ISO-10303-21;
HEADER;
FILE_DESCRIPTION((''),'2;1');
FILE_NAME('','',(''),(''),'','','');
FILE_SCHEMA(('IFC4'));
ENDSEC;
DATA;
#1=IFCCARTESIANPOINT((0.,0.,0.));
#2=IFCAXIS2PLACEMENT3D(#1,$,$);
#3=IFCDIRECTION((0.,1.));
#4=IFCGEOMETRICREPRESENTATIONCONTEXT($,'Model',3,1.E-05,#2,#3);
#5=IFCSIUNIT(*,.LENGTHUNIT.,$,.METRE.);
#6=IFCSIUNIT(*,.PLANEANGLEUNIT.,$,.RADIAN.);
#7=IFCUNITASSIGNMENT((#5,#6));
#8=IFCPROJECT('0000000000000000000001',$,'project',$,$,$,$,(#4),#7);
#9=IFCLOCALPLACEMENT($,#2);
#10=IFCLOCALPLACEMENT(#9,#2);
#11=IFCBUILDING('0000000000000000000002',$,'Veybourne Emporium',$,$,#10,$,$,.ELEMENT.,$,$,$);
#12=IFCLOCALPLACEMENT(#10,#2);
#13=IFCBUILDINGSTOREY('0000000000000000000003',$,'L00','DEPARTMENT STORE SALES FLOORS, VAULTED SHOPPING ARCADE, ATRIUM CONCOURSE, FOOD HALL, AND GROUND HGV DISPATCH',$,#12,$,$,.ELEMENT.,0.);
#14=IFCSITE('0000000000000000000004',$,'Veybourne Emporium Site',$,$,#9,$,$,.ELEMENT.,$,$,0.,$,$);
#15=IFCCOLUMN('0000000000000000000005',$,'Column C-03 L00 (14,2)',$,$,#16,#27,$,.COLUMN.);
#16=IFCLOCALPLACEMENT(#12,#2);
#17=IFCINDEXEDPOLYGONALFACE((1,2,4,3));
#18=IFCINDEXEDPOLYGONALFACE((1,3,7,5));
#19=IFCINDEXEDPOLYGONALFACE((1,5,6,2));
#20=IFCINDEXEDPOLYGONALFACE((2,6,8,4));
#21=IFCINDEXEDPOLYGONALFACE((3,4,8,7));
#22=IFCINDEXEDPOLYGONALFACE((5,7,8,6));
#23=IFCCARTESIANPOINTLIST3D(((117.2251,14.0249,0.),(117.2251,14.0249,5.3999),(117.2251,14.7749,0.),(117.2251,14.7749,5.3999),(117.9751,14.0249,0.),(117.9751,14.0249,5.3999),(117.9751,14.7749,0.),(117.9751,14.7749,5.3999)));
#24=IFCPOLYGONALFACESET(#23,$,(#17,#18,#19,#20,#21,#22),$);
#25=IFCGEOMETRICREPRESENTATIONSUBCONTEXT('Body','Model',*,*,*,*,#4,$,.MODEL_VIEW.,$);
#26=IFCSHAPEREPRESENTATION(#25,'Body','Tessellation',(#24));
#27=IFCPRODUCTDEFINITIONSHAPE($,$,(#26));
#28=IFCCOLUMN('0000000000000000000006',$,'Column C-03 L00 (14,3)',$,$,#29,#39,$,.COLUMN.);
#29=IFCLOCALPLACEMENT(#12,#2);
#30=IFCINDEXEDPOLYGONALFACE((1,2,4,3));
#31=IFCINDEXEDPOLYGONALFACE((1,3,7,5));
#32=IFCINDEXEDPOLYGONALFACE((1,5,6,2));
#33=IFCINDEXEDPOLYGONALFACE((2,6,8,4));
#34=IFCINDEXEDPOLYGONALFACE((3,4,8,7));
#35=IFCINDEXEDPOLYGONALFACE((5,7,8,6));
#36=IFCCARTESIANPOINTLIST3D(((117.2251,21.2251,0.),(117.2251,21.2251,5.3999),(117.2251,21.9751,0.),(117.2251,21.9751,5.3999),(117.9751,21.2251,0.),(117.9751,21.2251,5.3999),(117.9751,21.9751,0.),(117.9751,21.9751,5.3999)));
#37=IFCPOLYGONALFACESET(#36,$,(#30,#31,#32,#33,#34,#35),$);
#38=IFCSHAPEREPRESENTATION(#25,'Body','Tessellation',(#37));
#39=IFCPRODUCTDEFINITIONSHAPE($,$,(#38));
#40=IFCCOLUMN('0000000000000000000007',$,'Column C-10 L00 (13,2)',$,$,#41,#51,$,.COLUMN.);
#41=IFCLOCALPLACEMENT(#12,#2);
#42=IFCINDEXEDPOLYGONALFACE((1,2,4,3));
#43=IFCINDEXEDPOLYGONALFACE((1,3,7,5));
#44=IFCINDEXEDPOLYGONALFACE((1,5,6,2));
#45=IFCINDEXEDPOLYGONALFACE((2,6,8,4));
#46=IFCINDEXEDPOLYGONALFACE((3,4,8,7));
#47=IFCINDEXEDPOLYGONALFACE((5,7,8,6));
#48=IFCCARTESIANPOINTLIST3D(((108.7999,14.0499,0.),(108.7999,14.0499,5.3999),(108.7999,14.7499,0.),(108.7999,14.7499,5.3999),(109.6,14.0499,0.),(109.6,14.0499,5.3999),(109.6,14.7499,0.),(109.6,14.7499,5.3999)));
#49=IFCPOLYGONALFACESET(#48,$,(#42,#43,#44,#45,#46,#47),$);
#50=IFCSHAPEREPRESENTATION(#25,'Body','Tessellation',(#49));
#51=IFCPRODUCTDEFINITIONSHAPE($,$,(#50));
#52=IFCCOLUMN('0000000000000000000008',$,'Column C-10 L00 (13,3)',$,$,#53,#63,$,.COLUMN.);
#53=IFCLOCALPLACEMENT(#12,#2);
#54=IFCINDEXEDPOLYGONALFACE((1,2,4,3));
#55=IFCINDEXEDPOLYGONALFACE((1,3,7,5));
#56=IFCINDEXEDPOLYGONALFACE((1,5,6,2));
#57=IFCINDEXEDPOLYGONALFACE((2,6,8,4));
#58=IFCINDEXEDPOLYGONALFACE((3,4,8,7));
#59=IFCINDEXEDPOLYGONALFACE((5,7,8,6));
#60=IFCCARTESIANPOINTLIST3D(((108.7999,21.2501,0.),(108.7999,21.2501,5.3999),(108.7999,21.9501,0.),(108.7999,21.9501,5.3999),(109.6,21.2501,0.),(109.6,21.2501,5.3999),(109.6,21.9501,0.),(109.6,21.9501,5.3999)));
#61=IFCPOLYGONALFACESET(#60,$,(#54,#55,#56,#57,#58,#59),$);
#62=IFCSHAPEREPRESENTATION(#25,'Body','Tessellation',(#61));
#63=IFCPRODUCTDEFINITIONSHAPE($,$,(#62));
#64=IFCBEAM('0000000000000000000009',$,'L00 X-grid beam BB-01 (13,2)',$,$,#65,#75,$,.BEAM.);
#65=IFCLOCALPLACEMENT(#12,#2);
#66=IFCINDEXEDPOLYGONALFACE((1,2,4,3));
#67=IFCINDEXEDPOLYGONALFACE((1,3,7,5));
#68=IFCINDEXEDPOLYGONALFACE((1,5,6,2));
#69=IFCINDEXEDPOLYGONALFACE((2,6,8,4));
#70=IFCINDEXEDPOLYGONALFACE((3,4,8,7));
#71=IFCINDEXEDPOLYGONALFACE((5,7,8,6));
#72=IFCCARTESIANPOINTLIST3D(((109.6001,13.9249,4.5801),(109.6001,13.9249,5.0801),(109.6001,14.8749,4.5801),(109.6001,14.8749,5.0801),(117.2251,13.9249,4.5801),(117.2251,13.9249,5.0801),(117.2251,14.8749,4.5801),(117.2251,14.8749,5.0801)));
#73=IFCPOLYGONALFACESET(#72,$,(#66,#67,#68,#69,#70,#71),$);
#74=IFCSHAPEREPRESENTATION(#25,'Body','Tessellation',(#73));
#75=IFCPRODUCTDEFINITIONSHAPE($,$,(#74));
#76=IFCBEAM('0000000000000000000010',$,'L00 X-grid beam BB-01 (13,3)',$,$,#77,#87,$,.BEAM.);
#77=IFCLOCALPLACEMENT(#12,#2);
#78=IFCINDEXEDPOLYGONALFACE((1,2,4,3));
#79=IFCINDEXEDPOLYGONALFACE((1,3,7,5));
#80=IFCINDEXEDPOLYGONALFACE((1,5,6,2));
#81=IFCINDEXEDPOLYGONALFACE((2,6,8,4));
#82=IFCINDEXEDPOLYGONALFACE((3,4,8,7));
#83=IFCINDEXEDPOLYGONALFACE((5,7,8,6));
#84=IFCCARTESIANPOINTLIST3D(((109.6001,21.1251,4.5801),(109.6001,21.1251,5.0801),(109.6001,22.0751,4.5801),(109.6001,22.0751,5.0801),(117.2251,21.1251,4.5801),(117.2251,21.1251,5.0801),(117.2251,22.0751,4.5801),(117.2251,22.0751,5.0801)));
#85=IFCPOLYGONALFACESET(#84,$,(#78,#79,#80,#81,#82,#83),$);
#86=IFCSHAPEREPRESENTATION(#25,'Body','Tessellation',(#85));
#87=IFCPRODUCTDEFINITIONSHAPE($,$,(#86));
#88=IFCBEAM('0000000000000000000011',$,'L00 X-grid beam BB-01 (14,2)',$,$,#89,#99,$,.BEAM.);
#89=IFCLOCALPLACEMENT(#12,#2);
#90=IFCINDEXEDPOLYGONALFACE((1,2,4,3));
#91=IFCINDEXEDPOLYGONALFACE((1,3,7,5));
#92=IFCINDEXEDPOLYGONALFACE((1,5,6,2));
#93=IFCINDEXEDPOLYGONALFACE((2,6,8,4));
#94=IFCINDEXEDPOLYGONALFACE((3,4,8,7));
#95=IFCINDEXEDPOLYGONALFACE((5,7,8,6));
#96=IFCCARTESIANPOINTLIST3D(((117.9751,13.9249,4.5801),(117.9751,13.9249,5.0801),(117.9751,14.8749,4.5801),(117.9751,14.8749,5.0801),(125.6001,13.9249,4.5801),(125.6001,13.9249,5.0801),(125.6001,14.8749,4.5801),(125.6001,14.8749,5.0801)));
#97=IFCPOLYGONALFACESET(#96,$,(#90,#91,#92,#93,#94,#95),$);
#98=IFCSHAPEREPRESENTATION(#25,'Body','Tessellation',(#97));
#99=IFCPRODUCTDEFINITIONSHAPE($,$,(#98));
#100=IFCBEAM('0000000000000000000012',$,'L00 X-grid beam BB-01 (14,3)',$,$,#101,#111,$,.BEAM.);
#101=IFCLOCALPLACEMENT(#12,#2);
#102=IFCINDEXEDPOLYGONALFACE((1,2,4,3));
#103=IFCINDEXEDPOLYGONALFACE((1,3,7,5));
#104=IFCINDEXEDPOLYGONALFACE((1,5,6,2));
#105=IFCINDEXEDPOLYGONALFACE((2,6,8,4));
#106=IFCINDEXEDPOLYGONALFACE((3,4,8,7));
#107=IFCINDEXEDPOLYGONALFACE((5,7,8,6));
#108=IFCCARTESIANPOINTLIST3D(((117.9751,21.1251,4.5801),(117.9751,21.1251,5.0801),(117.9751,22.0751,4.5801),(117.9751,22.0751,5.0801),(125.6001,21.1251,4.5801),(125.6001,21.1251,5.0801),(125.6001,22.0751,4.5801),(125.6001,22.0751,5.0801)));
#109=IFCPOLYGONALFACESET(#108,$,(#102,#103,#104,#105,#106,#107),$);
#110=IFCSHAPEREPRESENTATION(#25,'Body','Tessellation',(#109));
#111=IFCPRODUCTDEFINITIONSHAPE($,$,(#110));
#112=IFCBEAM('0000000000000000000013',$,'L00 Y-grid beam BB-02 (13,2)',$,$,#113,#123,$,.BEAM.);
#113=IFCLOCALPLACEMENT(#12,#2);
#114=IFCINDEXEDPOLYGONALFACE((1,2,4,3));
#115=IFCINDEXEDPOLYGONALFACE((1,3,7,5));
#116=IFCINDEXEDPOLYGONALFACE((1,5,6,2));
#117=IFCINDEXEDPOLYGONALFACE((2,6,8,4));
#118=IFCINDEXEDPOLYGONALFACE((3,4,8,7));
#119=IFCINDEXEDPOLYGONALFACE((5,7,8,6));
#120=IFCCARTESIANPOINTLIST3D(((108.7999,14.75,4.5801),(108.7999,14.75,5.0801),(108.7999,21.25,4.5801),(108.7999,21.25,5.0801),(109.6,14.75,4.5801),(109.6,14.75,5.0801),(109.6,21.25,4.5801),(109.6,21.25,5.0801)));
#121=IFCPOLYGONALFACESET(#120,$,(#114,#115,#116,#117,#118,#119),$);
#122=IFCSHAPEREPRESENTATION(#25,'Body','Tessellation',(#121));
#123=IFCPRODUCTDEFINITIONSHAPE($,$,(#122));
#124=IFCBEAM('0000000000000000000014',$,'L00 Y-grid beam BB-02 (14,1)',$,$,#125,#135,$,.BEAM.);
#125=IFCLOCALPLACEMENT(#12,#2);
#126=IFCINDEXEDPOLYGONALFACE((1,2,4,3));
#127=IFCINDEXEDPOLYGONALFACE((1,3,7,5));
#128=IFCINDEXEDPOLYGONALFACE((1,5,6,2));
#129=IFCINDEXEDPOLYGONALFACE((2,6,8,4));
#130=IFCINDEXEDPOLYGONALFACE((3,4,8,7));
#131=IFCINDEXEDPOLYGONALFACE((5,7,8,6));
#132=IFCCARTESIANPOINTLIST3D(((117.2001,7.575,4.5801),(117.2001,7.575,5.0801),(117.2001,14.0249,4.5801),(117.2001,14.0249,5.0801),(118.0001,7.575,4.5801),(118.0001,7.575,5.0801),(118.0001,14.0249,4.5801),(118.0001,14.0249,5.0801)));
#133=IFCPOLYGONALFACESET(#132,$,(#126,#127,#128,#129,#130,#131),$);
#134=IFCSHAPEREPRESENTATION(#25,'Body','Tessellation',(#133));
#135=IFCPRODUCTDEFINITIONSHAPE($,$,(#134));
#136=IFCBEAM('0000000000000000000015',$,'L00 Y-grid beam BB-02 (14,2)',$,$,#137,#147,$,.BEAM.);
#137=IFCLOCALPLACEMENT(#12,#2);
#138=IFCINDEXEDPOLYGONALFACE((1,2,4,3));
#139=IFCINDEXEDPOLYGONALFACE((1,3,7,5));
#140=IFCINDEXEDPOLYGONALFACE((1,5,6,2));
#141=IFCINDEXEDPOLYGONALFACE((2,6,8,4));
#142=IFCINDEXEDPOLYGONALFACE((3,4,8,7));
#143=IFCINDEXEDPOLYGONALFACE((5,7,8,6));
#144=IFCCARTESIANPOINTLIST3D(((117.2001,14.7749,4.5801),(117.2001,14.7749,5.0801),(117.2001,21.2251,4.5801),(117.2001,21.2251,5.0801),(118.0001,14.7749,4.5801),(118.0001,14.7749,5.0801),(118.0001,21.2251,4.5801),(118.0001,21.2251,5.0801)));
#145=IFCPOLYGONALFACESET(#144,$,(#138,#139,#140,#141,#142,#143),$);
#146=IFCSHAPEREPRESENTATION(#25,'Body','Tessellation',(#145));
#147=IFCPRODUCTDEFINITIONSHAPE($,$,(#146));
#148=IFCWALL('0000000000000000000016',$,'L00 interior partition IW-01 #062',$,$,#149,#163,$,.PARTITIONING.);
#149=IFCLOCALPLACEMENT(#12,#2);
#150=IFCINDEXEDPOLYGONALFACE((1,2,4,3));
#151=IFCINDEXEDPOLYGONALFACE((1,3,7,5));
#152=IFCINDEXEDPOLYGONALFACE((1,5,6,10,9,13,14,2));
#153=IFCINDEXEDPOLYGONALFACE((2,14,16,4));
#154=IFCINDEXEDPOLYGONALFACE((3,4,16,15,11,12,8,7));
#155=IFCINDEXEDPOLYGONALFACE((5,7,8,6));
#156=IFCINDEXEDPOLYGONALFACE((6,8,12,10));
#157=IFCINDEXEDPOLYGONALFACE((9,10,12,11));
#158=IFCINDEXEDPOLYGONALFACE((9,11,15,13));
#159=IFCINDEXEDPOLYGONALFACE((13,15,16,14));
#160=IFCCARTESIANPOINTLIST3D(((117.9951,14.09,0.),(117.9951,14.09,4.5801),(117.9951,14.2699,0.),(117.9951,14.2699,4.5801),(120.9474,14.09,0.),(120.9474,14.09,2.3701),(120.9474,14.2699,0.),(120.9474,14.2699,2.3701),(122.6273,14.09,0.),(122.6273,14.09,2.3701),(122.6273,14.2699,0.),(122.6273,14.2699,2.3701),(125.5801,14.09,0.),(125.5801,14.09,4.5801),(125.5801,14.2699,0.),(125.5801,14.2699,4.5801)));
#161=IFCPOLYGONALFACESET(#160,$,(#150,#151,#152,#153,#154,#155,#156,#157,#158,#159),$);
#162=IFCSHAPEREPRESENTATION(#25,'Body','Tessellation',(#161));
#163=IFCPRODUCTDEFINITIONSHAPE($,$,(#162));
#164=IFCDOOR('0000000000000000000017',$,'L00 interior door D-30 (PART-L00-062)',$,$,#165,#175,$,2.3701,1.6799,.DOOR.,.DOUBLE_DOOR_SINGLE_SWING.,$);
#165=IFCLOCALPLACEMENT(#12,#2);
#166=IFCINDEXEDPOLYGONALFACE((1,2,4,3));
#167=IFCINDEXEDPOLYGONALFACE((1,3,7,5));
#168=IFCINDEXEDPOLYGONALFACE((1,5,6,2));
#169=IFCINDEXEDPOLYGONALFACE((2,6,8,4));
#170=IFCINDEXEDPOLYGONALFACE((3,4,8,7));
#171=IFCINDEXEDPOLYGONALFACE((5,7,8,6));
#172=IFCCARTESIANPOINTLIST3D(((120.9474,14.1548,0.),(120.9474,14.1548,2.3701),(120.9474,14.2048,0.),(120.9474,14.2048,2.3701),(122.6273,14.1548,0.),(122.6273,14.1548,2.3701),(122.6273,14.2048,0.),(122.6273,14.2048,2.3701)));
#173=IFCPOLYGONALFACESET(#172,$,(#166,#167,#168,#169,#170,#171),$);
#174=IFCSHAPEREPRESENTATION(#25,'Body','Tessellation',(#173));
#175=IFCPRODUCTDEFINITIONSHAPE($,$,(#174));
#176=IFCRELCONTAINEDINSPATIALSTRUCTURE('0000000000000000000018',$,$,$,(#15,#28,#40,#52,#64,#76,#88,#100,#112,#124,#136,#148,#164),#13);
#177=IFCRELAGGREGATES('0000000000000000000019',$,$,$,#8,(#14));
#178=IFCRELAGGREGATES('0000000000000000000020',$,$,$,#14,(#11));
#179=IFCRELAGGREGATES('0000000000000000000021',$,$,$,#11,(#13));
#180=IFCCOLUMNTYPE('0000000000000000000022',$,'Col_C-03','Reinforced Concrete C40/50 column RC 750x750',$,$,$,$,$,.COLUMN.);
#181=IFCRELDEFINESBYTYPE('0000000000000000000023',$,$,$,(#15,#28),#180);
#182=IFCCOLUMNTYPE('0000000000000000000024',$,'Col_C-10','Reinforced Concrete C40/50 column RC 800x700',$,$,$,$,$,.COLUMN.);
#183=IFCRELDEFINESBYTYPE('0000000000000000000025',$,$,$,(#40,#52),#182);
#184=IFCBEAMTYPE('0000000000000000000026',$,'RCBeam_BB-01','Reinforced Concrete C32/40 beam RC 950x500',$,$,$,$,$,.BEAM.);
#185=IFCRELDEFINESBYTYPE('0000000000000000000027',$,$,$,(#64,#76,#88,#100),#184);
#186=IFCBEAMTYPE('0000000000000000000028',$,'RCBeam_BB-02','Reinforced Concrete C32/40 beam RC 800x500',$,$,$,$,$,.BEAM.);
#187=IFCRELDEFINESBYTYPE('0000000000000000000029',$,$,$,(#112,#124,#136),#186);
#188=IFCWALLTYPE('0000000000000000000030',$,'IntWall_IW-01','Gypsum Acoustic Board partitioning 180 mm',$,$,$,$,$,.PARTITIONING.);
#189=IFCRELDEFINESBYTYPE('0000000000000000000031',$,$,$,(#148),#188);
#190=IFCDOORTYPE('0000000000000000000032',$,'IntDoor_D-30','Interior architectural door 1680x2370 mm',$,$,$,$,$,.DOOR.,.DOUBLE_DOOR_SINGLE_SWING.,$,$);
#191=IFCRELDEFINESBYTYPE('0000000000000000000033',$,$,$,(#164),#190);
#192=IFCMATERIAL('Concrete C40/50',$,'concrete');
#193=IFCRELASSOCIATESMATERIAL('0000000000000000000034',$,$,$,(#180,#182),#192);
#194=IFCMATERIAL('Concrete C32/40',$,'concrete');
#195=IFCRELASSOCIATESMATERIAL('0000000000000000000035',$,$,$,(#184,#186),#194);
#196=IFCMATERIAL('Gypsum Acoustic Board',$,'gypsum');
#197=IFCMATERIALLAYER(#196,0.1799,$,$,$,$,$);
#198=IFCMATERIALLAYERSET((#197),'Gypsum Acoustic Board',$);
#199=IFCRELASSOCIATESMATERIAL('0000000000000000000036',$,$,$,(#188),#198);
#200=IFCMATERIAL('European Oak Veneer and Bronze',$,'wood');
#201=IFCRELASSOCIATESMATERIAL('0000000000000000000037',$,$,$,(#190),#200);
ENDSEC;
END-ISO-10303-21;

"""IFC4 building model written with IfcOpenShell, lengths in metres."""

from ifc_helpers import new_model, si_unit, direction, frame, frame_2d, origin, origin_2d, place, context, subcontext, project, spatial, rectangle, extrude, material, layer, layer_set, material_profile, profile_set, type_object, element, fill, save


model = new_model("IFC4")

# Units and contexts
model_context = context("Model", 3, precision=1e-05, world=origin(), true_north=direction((0.0, 1.0)))
body_context = subcontext(model_context, "Body", "Model", "MODEL_VIEW")
ifc_project = project(units=[si_unit("LENGTHUNIT", "METRE"), si_unit("PLANEANGLEUNIT", "RADIAN")], contexts=[model_context])

# Site, building, storey
site_placement = place(None, origin())
site = spatial("IfcSite", under=ifc_project, at=site_placement, Name="Veybourne Emporium Site", CompositionType="ELEMENT", RefElevation=0.0)
building_placement = place(site_placement, origin())
building = spatial("IfcBuilding", under=site, at=building_placement, Name="Veybourne Emporium", CompositionType="ELEMENT")
storey_placement = place(building_placement, origin())
storey = spatial("IfcBuildingStorey", under=building, at=storey_placement, Name="L00", Description="DEPARTMENT STORE SALES FLOORS, VAULTED SHOPPING ARCADE, ATRIUM CONCOURSE, FOOD HALL, AND GROUND HGV DISPATCH", CompositionType="ELEMENT", Elevation=0.0)

# Columns
ifc_material_1 = material(Name="Concrete C40/50", Category="concrete")
ifc_material_profile_1 = material_profile(ifc_material_1, rectangle(XDim=0.75, YDim=0.75, at=origin_2d()), Name="RC 750x750")
ifc_profile_set_1 = profile_set([ifc_material_profile_1], Name="Concrete C40/50")
column_type_1 = type_object("IfcColumnType", Name="Col_C-03", Description="Reinforced Concrete C40/50 column RC 750x750", PredefinedType="COLUMN", material=ifc_profile_set_1)
for number, where, z_axis, x_axis, name in (
    (1, (117.6001, 14.3999, 0.0), (0.0, 0.0, 1.0), (1.0, 0.0, 0.0), "Column C-03 L00 (14,2)"),
    (2, (117.6001, 21.6001, 0.0), (0.0, 0.0, 1.0), (1.0, 0.0, 0.0), "Column C-03 L00 (14,3)"),
):
    element("IfcColumn", number, at=place(storey_placement, frame(where, z_axis=z_axis, x_axis=x_axis)), inside=storey, type_object=column_type_1, Name=name, PredefinedType="COLUMN", context=body_context, shape_type="SweptSolid", body=[
        extrude(rectangle(XDim=0.75, YDim=0.75, at=origin_2d()), origin(), (0.0, 0.0, 1.0), 5.3999),
    ])
ifc_material_profile_2 = material_profile(ifc_material_1, rectangle(XDim=0.8, YDim=0.7, at=origin_2d()), Name="RC 800x700")
ifc_profile_set_2 = profile_set([ifc_material_profile_2], Name="Concrete C40/50")
column_type_2 = type_object("IfcColumnType", Name="Col_C-10", Description="Reinforced Concrete C40/50 column RC 800x700", PredefinedType="COLUMN", material=ifc_profile_set_2)
for number, where, z_axis, x_axis, name in (
    (3, (109.2, 14.3999, 0.0), (0.0, 0.0, 1.0), (1.0, 0.0, 0.0), "Column C-10 L00 (13,2)"),
    (4, (109.2, 21.6001, 0.0), (0.0, 0.0, 1.0), (1.0, 0.0, 0.0), "Column C-10 L00 (13,3)"),
):
    element("IfcColumn", number, at=place(storey_placement, frame(where, z_axis=z_axis, x_axis=x_axis)), inside=storey, type_object=column_type_2, Name=name, PredefinedType="COLUMN", context=body_context, shape_type="SweptSolid", body=[
        extrude(rectangle(XDim=0.8, YDim=0.7, at=origin_2d()), origin(), (0.0, 0.0, 1.0), 5.3999),
    ])

# Beams
ifc_material_2 = material(Name="Concrete C32/40", Category="concrete")
ifc_material_profile_3 = material_profile(ifc_material_2, rectangle(XDim=0.95, YDim=0.5, at=origin_2d()), Name="RC 950x500")
ifc_profile_set_3 = profile_set([ifc_material_profile_3], Name="Concrete C32/40")
beam_type_1 = type_object("IfcBeamType", Name="RCBeam_BB-01", Description="Reinforced Concrete C32/40 beam RC 950x500", PredefinedType="BEAM", material=ifc_profile_set_3)
for number, where, z_axis, x_axis, name in (
    (5, (109.6001, 14.3999, 4.8301), (1.0, 0.0, 0.0), (0.0, 1.0, 0.0), "L00 X-grid beam BB-01 (13,2)"),
    (6, (109.6001, 21.6001, 4.8301), (1.0, 0.0, 0.0), (0.0, 1.0, 0.0), "L00 X-grid beam BB-01 (13,3)"),
    (7, (117.9751, 14.3999, 4.8301), (1.0, 0.0, 0.0), (0.0, 1.0, 0.0), "L00 X-grid beam BB-01 (14,2)"),
    (8, (117.9751, 21.6001, 4.8301), (1.0, 0.0, 0.0), (0.0, 1.0, 0.0), "L00 X-grid beam BB-01 (14,3)"),
):
    element("IfcBeam", number, at=place(storey_placement, frame(where, z_axis=z_axis, x_axis=x_axis)), inside=storey, type_object=beam_type_1, Name=name, PredefinedType="BEAM", context=body_context, shape_type="SweptSolid", body=[
        extrude(rectangle(XDim=0.95, YDim=0.5, at=origin_2d()), origin(), (0.0, 0.0, 1.0), 7.625),
    ])
ifc_material_profile_4 = material_profile(ifc_material_2, rectangle(XDim=0.8, YDim=0.5, at=origin_2d()), Name="RC 800x500")
ifc_profile_set_4 = profile_set([ifc_material_profile_4], Name="Concrete C32/40")
beam_type_2 = type_object("IfcBeamType", Name="RCBeam_BB-02", Description="Reinforced Concrete C32/40 beam RC 800x500", PredefinedType="BEAM", material=ifc_profile_set_4)
beam_1_placement = place(storey_placement, frame((109.2, 14.75, 4.8301), z_axis=(0.0, 1.0, 0.0), x_axis=(-1.0, 0.0, 0.0)))
element("IfcBeam", 9, at=beam_1_placement, inside=storey, type_object=beam_type_2, Name="L00 Y-grid beam BB-02 (13,2)", PredefinedType="BEAM", context=body_context, shape_type="SweptSolid", body=[
    extrude(rectangle(XDim=0.8, YDim=0.5, at=origin_2d()), origin(), (0.0, 0.0, 1.0), 6.5),
])
beam_2_placement = place(storey_placement, frame((117.6001, 7.575, 4.8301), z_axis=(0.0, 1.0, 0.0), x_axis=(-1.0, 0.0, 0.0)))
element("IfcBeam", 10, at=beam_2_placement, inside=storey, type_object=beam_type_2, Name="L00 Y-grid beam BB-02 (14,1)", PredefinedType="BEAM", context=body_context, shape_type="SweptSolid", body=[
    extrude(rectangle(XDim=0.8, YDim=0.5, at=origin_2d()), origin(), (0.0, 0.0, 1.0), 6.45),
])
beam_3_placement = place(storey_placement, frame((117.6001, 14.7749, 4.8301), z_axis=(0.0, 1.0, 0.0), x_axis=(-1.0, 0.0, 0.0)))
element("IfcBeam", 11, at=beam_3_placement, inside=storey, type_object=beam_type_2, Name="L00 Y-grid beam BB-02 (14,2)", PredefinedType="BEAM", context=body_context, shape_type="SweptSolid", body=[
    extrude(rectangle(XDim=0.8, YDim=0.5, at=origin_2d()), origin(), (0.0, 0.0, 1.0), 6.4502),
])

# Wall, opening, door
ifc_material_3 = material(Name="Gypsum Acoustic Board", Category="gypsum")
ifc_layer_1 = layer(ifc_material_3, 0.1799)
ifc_layer_set_1 = layer_set([ifc_layer_1], Name="Gypsum Acoustic Board")
wall_type_1 = type_object("IfcWallType", Name="IntWall_IW-01", Description="Gypsum Acoustic Board partitioning 180 mm", PredefinedType="PARTITIONING", material=ifc_layer_set_1)
wall_1_placement = place(storey_placement, frame((117.9951, 14.1799, 0.0), z_axis=(0.0, 0.0, 1.0), x_axis=(1.0, 0.0, 0.0)))
wall_1 = element("IfcWall", 12, at=wall_1_placement, inside=storey, type_object=wall_type_1, Name="L00 interior partition IW-01 #062", PredefinedType="PARTITIONING", context=body_context, shape_type="SweptSolid", body=[
    extrude(rectangle(XDim=7.585, YDim=0.1799, at=frame_2d((3.7925, 0.0))), origin(), (0.0, 0.0, 1.0), 4.5801),
])
opening_1_placement = place(wall_1_placement, frame((2.9524, 0.0, 0.0)))
opening_1 = element("IfcOpeningElement", 13, at=opening_1_placement, cuts=wall_1, PredefinedType="OPENING", context=body_context, shape_type="SweptSolid", body=[
    extrude(rectangle(XDim=1.6799, YDim=2.3701, at=frame_2d((0.8398, 1.1851))), frame((0.0, 0.1099, 0.0), z_axis=(0.0, -1.0, 0.0), x_axis=(1.0, 0.0, 0.0)), (0.0, 0.0, 1.0), 0.22),
])
ifc_material_4 = material(Name="European Oak Veneer and Bronze", Category="wood")
door_type_1 = type_object("IfcDoorType", Name="IntDoor_D-30", Description="Interior architectural door 1680x2370 mm", OperationType="DOUBLE_DOOR_SINGLE_SWING", PredefinedType="DOOR", material=ifc_material_4)
door_1_placement = place(opening_1_placement, origin())
door_1 = element("IfcDoor", 14, at=door_1_placement, inside=storey, type_object=door_type_1, Name="L00 interior door D-30 (PART-L00-062)", OperationType="DOUBLE_DOOR_SINGLE_SWING", OverallHeight=2.3701, OverallWidth=1.6799, PredefinedType="DOOR", context=body_context, shape_type="SweptSolid", body=[
    extrude(rectangle(XDim=1.6799, YDim=2.3701, at=frame_2d((0.8398, 1.1851))), frame((0.0, 0.0249, 0.0), z_axis=(0.0, -1.0, 0.0), x_axis=(1.0, 0.0, 0.0)), (0.0, 0.0, 1.0), 0.05),
])
fill(opening_1, door_1)

save(model, "model.ifc")
